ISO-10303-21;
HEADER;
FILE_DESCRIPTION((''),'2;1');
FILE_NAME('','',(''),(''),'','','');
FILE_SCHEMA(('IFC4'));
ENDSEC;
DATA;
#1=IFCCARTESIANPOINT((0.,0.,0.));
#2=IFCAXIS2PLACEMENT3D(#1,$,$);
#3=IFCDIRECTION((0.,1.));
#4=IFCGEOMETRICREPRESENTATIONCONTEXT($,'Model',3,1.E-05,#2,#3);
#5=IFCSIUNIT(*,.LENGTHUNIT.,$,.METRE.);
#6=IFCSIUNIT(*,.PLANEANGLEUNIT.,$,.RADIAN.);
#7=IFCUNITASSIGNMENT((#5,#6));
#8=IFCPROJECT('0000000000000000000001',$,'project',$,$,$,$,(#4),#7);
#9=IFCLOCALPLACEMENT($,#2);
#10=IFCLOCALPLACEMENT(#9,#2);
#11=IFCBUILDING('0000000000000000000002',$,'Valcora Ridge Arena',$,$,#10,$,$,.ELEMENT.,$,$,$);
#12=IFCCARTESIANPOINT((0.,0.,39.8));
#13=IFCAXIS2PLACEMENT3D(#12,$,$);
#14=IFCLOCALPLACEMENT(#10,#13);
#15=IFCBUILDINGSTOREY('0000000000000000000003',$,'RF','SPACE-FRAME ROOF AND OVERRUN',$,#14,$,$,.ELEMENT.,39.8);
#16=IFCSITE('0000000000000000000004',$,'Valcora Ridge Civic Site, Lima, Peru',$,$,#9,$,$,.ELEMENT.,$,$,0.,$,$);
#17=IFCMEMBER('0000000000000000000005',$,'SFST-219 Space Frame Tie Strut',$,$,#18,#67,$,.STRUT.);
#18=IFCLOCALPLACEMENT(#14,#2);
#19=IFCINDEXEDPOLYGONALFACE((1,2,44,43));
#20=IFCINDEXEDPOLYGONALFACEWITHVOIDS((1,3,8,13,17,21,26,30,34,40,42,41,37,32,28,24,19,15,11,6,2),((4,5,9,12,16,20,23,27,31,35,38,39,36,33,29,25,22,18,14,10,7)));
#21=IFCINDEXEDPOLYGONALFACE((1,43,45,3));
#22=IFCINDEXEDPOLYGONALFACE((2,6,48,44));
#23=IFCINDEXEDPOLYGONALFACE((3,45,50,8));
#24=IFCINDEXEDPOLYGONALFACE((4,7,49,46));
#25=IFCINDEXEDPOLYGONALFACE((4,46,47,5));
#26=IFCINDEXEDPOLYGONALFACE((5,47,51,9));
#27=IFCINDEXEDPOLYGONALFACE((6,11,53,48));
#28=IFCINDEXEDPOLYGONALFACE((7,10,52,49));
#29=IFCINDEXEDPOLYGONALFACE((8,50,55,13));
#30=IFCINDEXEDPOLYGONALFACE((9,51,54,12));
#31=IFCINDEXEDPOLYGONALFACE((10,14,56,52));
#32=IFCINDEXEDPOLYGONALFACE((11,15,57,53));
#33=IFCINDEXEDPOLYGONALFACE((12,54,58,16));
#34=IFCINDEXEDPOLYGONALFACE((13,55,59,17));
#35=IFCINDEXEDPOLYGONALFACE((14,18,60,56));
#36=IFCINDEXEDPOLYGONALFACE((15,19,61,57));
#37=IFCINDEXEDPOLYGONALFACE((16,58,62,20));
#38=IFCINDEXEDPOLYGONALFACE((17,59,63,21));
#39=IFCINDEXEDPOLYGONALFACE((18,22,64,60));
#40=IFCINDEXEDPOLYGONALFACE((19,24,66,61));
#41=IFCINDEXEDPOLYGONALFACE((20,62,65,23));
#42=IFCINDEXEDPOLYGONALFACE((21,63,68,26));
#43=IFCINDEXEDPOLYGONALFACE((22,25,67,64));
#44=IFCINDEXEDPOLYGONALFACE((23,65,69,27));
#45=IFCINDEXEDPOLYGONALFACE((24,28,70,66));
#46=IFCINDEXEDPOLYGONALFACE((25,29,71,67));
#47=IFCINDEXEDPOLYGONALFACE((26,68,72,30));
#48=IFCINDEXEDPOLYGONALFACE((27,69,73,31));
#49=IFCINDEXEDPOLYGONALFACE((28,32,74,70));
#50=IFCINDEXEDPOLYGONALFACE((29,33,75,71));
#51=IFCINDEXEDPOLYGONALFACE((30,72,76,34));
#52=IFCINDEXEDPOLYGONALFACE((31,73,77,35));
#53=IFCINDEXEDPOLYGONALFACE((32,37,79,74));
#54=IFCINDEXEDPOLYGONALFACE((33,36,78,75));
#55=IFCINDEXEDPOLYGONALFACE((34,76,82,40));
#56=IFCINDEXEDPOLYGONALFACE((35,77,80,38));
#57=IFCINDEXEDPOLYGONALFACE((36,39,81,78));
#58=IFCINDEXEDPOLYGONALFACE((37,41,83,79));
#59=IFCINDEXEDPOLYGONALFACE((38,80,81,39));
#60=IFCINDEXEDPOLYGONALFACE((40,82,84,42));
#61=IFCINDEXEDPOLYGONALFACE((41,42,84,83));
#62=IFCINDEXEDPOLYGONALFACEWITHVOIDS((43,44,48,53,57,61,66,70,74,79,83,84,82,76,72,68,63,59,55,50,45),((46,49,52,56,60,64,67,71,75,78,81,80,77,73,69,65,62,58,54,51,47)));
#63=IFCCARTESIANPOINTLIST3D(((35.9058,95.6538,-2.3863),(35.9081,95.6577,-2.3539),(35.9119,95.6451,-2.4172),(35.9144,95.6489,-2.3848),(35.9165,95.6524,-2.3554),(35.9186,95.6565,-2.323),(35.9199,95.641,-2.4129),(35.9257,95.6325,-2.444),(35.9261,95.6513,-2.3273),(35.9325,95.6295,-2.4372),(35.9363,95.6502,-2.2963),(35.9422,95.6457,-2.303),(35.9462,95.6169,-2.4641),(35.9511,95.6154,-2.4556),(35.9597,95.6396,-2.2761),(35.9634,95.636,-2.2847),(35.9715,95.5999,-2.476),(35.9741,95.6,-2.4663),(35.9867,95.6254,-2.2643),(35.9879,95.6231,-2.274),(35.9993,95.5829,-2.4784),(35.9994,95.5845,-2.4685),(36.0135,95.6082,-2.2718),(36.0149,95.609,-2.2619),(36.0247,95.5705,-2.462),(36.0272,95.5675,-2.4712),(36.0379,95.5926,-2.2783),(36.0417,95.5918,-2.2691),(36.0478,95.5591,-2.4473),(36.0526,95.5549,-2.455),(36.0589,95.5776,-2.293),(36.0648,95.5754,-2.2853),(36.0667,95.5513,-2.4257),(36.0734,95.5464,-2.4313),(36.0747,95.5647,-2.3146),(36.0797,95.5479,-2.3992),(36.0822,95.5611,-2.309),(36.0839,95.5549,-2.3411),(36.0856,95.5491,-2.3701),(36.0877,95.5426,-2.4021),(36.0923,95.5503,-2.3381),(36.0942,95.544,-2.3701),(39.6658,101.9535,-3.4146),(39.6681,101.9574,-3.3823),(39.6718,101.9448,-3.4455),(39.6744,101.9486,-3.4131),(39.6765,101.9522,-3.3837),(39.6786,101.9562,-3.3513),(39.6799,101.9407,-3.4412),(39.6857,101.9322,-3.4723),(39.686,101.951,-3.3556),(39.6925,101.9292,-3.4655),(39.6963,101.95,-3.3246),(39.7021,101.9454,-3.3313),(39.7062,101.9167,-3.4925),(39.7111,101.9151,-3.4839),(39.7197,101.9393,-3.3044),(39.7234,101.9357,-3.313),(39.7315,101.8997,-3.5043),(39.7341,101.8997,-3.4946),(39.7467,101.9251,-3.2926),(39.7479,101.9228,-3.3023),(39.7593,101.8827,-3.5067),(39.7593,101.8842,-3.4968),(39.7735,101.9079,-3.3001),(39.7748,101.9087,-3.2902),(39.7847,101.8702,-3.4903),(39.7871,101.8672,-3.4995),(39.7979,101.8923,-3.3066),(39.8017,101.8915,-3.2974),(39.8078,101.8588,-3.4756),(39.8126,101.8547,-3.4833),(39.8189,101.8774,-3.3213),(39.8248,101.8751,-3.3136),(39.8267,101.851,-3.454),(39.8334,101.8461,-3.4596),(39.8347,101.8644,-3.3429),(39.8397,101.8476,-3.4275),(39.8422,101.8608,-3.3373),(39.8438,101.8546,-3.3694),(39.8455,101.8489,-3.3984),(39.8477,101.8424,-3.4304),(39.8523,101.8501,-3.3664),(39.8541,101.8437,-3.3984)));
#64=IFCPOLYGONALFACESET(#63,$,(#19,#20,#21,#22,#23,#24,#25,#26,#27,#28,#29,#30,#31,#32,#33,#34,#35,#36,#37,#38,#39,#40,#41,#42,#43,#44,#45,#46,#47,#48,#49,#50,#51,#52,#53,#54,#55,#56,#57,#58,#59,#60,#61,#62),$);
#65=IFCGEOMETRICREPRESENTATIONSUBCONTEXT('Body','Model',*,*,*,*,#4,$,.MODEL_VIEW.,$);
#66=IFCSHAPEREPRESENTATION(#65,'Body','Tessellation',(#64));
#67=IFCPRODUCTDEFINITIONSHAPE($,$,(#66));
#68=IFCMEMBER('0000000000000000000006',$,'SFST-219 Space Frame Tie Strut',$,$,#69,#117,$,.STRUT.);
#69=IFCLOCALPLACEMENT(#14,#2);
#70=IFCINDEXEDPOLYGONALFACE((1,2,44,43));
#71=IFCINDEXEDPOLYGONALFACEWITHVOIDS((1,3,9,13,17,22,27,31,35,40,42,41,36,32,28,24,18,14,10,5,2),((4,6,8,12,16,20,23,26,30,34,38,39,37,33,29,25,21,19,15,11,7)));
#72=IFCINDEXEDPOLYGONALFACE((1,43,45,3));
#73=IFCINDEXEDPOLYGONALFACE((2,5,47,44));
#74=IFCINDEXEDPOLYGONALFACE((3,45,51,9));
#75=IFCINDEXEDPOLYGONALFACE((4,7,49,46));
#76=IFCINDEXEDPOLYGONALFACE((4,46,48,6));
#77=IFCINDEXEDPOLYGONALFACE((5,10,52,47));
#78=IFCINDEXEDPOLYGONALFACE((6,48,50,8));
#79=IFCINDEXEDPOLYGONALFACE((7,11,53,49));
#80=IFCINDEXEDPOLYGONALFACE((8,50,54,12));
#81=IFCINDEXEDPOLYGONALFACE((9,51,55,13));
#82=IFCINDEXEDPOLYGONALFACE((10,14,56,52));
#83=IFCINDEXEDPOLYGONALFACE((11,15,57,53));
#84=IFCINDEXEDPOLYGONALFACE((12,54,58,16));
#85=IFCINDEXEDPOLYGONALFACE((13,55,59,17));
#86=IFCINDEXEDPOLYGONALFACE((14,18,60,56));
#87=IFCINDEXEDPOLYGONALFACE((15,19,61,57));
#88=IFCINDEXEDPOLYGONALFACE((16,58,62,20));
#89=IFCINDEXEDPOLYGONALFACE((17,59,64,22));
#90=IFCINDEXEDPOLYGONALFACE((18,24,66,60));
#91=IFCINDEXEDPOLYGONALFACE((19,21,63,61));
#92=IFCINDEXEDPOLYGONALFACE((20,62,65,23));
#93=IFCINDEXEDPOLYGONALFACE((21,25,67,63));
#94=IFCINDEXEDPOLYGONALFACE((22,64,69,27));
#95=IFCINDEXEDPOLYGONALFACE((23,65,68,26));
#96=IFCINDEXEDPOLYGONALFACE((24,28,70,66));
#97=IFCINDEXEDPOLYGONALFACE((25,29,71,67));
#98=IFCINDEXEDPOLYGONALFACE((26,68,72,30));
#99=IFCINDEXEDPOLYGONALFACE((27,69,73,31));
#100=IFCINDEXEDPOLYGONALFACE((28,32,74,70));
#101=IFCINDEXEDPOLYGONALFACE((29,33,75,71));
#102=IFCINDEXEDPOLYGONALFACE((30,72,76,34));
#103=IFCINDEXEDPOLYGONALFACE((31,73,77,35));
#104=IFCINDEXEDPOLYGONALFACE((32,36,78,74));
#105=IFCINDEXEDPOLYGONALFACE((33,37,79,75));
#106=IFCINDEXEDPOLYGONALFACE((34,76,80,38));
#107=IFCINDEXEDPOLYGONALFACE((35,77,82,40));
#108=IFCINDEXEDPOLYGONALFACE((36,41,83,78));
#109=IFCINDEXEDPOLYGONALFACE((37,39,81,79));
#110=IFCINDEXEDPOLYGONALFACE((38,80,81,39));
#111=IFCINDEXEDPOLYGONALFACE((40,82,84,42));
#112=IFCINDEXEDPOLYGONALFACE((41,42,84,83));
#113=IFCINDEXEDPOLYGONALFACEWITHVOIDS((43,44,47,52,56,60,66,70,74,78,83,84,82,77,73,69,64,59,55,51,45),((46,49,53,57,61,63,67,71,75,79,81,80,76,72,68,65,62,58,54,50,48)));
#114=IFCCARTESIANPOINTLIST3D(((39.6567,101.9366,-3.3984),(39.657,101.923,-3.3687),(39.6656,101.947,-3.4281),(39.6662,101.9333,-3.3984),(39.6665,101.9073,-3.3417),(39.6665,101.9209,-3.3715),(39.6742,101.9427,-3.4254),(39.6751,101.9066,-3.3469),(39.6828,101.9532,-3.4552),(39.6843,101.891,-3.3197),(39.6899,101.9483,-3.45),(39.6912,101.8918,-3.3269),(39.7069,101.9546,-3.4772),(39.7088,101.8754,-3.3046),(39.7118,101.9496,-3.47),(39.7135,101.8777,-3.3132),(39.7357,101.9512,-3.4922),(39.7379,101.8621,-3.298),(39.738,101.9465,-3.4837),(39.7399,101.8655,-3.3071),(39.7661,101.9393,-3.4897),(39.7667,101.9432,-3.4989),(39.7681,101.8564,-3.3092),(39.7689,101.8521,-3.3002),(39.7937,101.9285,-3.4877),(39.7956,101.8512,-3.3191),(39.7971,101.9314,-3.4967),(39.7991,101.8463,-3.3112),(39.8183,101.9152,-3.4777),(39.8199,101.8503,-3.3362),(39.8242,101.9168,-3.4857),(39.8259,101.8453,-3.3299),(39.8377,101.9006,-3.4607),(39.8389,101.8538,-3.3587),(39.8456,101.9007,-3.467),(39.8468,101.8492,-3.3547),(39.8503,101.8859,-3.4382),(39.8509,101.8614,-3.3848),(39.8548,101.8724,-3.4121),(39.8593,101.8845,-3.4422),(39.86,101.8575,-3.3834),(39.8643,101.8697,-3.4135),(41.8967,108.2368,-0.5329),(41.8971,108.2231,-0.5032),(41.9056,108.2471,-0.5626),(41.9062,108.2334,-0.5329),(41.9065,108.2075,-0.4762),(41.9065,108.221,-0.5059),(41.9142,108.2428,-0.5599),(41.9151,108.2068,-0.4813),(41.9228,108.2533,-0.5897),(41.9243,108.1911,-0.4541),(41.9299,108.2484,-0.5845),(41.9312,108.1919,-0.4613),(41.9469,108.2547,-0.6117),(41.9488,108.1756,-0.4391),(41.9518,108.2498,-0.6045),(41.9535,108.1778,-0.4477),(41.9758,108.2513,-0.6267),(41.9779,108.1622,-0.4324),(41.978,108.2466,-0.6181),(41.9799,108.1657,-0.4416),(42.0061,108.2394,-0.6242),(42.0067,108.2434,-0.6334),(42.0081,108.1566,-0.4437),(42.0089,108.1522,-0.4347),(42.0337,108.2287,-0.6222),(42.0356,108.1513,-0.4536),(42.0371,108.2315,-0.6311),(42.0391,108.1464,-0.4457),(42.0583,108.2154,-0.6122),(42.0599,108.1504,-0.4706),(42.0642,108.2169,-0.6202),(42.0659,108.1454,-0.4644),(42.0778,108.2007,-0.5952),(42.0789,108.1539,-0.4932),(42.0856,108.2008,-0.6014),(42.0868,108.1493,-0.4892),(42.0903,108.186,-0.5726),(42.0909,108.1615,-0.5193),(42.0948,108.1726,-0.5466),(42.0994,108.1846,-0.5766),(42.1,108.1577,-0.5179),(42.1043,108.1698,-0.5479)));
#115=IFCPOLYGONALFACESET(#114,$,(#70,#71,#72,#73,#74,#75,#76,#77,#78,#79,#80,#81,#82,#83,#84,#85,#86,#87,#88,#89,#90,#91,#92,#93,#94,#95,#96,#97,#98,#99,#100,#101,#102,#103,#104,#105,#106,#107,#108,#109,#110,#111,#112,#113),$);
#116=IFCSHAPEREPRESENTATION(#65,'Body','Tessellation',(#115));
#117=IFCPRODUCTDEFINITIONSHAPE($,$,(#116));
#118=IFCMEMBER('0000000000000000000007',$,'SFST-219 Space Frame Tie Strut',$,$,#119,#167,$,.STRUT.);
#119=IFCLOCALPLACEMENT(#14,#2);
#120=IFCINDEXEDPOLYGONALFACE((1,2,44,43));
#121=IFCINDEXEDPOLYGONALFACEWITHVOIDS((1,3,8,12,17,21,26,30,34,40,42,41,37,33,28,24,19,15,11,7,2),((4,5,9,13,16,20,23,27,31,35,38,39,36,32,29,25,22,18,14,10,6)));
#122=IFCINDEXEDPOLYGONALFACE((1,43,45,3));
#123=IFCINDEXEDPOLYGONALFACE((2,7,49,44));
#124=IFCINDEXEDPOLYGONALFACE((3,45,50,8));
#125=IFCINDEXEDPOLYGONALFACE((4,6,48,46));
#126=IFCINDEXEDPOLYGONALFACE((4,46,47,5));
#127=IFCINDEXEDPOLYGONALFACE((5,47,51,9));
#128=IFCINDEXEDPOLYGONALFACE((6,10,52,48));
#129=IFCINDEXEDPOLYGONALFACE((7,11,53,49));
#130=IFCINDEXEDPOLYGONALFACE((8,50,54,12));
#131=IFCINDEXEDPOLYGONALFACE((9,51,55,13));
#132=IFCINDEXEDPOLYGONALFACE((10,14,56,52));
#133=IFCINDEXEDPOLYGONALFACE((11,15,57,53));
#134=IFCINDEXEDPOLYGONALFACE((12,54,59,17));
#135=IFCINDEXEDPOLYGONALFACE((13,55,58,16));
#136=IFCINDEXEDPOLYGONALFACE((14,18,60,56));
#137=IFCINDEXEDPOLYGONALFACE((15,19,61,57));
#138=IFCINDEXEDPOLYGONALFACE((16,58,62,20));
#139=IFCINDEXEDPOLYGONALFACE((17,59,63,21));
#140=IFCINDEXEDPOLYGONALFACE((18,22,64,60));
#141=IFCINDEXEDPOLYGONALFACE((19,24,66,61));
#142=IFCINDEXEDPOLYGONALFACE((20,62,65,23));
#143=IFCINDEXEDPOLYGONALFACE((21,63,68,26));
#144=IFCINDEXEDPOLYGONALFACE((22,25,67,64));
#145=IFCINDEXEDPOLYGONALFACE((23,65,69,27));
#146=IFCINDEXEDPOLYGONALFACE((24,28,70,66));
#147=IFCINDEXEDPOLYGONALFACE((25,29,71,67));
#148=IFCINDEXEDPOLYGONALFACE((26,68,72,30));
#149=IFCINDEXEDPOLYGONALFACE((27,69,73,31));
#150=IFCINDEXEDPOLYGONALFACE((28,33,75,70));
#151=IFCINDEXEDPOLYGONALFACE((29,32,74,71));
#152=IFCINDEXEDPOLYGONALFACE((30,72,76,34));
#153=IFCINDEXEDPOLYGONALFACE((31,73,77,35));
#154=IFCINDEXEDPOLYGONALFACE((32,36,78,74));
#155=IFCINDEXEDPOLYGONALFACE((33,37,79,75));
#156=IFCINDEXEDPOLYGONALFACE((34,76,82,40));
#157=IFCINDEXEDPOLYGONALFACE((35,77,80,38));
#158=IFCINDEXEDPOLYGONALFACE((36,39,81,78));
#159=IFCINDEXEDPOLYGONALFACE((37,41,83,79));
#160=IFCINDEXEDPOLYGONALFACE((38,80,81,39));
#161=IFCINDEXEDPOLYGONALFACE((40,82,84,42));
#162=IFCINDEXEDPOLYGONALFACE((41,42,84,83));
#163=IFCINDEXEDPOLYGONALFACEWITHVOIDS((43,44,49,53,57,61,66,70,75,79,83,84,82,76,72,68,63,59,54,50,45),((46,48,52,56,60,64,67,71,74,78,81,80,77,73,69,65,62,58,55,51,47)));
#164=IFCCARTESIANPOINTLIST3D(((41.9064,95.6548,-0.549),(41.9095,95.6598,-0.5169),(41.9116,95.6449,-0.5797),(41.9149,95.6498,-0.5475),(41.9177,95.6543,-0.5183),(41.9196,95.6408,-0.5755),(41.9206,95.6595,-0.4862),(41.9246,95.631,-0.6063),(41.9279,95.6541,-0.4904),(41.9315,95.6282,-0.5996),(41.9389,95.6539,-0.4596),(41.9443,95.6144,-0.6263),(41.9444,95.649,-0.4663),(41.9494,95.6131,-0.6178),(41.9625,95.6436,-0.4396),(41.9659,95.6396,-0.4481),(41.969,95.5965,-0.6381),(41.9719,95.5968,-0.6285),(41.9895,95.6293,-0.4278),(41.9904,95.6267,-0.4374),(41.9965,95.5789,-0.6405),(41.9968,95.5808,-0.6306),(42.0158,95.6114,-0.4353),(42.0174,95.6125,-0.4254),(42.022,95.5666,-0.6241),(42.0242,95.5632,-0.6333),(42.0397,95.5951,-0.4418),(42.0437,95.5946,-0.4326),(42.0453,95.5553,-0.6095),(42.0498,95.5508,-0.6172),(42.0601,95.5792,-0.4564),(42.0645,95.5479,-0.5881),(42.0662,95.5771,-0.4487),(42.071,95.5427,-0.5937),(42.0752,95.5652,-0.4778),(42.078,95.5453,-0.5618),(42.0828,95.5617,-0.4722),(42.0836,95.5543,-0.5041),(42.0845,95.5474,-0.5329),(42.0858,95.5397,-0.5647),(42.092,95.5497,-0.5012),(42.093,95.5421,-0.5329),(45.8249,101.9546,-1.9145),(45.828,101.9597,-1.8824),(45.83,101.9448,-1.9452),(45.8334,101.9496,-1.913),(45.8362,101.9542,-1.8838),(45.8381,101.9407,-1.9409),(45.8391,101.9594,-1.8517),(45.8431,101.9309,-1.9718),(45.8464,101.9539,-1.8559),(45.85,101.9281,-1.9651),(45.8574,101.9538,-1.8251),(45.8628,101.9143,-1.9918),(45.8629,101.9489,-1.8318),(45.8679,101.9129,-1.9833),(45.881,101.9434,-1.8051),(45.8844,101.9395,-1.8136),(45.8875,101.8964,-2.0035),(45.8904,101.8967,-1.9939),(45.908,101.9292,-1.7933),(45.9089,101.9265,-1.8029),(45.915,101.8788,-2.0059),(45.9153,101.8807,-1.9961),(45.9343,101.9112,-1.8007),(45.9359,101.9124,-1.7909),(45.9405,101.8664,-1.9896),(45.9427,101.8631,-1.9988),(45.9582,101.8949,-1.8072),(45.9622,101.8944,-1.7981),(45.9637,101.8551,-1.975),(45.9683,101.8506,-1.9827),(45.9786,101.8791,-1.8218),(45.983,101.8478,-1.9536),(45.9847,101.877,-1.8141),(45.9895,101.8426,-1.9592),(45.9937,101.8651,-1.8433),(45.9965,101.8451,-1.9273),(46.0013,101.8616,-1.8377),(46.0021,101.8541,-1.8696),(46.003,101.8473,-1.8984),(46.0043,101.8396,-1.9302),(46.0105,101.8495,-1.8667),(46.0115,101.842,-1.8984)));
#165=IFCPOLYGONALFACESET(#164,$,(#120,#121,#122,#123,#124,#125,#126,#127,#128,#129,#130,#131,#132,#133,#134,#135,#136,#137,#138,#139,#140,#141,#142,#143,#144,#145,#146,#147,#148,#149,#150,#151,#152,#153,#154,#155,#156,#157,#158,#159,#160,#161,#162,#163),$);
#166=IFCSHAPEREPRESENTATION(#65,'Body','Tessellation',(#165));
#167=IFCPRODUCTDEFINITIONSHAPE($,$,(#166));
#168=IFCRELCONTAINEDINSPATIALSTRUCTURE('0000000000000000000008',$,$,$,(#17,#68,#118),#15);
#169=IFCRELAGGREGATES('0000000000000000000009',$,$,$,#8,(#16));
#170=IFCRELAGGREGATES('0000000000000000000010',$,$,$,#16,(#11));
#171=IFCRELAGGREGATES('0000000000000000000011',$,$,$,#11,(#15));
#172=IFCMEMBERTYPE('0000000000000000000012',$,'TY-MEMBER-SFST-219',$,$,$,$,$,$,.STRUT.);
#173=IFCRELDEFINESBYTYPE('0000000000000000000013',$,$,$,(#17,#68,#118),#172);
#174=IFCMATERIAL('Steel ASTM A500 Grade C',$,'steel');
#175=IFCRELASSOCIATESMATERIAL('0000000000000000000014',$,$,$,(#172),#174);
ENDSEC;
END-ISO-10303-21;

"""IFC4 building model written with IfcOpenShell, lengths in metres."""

from ifc_helpers import new_model, si_unit, direction, frame, origin, origin_2d, place, context, subcontext, project, spatial, hollow_circle, extrude, material, material_profile, profile_set, type_object, element, save


model = new_model("IFC4")

# Units and contexts
model_context = context("Model", 3, precision=1e-05, world=origin(), true_north=direction((0.0, 1.0)))
body_context = subcontext(model_context, "Body", "Model", "MODEL_VIEW")
ifc_project = project(units=[si_unit("LENGTHUNIT", "METRE"), si_unit("PLANEANGLEUNIT", "RADIAN")], contexts=[model_context])

# Site, building, storey
site_placement = place(None, origin())
site = spatial("IfcSite", under=ifc_project, at=site_placement, Name="Valcora Ridge Civic Site, Lima, Peru", CompositionType="ELEMENT", RefElevation=0.0)
building_placement = place(site_placement, origin())
building = spatial("IfcBuilding", under=site, at=building_placement, Name="Valcora Ridge Arena", CompositionType="ELEMENT")
storey_placement = place(building_placement, frame((0.0, 0.0, 39.8)))
storey = spatial("IfcBuildingStorey", under=building, at=storey_placement, Name="RF", Description="SPACE-FRAME ROOF AND OVERRUN", CompositionType="ELEMENT", Elevation=39.8)

# Members
ifc_material_1 = material(Name="Steel ASTM A500 Grade C", Category="steel")
ifc_material_profile_1 = material_profile(ifc_material_1, hollow_circle(Radius=0.1096, WallThickness=0.01, at=origin_2d()), Name="CHS219X10")
ifc_profile_set_1 = profile_set([ifc_material_profile_1], Name="Steel ASTM A500 Grade C")
member_type_1 = type_object("IfcMemberType", Name="TY-MEMBER-SFST-219", PredefinedType="STRUT", material=ifc_profile_set_1)
member_1_placement = place(storey_placement, frame((39.76, 101.8999, -3.3984), z_axis=(-0.507541, -0.850373, 0.138807), x_axis=(0.858686, -0.512503, 0.0)))
element("IfcMember", 1, at=member_1_placement, inside=storey, type_object=member_type_1, Name="SFST-219 Space Frame Tie Strut", PredefinedType="STRUT", context=body_context, shape_type="SweptSolid", body=[
    extrude(hollow_circle(Radius=0.1096, WallThickness=0.01, at=origin_2d()), origin(), (0.0, 0.0, 1.0), 7.4082),
])
member_2_placement = place(storey_placement, frame((39.76, 101.8999, -3.3984), z_axis=(0.307921, 0.866039, 0.393904), x_axis=(-0.942216, 0.335006, 0.0)))
element("IfcMember", 2, at=member_2_placement, inside=storey, type_object=member_type_1, Name="SFST-219 Space Frame Tie Strut", PredefinedType="STRUT", context=body_context, shape_type="SweptSolid", body=[
    extrude(hollow_circle(Radius=0.1096, WallThickness=0.01, at=origin_2d()), origin(), (0.0, 0.0, 1.0), 7.2747),
])
member_3_placement = place(storey_placement, frame((45.9185, 101.8999, -1.8984), z_axis=(-0.519439, -0.835116, 0.181011), x_axis=(0.849143, -0.528164, 0.0)))
element("IfcMember", 3, at=member_3_placement, inside=storey, type_object=member_type_1, Name="SFST-219 Space Frame Tie Strut", PredefinedType="STRUT", context=body_context, shape_type="SweptSolid", body=[
    extrude(hollow_circle(Radius=0.1096, WallThickness=0.01, at=origin_2d()), origin(), (0.0, 0.0, 1.0), 7.5437),
])

save(model, "model.ifc")
